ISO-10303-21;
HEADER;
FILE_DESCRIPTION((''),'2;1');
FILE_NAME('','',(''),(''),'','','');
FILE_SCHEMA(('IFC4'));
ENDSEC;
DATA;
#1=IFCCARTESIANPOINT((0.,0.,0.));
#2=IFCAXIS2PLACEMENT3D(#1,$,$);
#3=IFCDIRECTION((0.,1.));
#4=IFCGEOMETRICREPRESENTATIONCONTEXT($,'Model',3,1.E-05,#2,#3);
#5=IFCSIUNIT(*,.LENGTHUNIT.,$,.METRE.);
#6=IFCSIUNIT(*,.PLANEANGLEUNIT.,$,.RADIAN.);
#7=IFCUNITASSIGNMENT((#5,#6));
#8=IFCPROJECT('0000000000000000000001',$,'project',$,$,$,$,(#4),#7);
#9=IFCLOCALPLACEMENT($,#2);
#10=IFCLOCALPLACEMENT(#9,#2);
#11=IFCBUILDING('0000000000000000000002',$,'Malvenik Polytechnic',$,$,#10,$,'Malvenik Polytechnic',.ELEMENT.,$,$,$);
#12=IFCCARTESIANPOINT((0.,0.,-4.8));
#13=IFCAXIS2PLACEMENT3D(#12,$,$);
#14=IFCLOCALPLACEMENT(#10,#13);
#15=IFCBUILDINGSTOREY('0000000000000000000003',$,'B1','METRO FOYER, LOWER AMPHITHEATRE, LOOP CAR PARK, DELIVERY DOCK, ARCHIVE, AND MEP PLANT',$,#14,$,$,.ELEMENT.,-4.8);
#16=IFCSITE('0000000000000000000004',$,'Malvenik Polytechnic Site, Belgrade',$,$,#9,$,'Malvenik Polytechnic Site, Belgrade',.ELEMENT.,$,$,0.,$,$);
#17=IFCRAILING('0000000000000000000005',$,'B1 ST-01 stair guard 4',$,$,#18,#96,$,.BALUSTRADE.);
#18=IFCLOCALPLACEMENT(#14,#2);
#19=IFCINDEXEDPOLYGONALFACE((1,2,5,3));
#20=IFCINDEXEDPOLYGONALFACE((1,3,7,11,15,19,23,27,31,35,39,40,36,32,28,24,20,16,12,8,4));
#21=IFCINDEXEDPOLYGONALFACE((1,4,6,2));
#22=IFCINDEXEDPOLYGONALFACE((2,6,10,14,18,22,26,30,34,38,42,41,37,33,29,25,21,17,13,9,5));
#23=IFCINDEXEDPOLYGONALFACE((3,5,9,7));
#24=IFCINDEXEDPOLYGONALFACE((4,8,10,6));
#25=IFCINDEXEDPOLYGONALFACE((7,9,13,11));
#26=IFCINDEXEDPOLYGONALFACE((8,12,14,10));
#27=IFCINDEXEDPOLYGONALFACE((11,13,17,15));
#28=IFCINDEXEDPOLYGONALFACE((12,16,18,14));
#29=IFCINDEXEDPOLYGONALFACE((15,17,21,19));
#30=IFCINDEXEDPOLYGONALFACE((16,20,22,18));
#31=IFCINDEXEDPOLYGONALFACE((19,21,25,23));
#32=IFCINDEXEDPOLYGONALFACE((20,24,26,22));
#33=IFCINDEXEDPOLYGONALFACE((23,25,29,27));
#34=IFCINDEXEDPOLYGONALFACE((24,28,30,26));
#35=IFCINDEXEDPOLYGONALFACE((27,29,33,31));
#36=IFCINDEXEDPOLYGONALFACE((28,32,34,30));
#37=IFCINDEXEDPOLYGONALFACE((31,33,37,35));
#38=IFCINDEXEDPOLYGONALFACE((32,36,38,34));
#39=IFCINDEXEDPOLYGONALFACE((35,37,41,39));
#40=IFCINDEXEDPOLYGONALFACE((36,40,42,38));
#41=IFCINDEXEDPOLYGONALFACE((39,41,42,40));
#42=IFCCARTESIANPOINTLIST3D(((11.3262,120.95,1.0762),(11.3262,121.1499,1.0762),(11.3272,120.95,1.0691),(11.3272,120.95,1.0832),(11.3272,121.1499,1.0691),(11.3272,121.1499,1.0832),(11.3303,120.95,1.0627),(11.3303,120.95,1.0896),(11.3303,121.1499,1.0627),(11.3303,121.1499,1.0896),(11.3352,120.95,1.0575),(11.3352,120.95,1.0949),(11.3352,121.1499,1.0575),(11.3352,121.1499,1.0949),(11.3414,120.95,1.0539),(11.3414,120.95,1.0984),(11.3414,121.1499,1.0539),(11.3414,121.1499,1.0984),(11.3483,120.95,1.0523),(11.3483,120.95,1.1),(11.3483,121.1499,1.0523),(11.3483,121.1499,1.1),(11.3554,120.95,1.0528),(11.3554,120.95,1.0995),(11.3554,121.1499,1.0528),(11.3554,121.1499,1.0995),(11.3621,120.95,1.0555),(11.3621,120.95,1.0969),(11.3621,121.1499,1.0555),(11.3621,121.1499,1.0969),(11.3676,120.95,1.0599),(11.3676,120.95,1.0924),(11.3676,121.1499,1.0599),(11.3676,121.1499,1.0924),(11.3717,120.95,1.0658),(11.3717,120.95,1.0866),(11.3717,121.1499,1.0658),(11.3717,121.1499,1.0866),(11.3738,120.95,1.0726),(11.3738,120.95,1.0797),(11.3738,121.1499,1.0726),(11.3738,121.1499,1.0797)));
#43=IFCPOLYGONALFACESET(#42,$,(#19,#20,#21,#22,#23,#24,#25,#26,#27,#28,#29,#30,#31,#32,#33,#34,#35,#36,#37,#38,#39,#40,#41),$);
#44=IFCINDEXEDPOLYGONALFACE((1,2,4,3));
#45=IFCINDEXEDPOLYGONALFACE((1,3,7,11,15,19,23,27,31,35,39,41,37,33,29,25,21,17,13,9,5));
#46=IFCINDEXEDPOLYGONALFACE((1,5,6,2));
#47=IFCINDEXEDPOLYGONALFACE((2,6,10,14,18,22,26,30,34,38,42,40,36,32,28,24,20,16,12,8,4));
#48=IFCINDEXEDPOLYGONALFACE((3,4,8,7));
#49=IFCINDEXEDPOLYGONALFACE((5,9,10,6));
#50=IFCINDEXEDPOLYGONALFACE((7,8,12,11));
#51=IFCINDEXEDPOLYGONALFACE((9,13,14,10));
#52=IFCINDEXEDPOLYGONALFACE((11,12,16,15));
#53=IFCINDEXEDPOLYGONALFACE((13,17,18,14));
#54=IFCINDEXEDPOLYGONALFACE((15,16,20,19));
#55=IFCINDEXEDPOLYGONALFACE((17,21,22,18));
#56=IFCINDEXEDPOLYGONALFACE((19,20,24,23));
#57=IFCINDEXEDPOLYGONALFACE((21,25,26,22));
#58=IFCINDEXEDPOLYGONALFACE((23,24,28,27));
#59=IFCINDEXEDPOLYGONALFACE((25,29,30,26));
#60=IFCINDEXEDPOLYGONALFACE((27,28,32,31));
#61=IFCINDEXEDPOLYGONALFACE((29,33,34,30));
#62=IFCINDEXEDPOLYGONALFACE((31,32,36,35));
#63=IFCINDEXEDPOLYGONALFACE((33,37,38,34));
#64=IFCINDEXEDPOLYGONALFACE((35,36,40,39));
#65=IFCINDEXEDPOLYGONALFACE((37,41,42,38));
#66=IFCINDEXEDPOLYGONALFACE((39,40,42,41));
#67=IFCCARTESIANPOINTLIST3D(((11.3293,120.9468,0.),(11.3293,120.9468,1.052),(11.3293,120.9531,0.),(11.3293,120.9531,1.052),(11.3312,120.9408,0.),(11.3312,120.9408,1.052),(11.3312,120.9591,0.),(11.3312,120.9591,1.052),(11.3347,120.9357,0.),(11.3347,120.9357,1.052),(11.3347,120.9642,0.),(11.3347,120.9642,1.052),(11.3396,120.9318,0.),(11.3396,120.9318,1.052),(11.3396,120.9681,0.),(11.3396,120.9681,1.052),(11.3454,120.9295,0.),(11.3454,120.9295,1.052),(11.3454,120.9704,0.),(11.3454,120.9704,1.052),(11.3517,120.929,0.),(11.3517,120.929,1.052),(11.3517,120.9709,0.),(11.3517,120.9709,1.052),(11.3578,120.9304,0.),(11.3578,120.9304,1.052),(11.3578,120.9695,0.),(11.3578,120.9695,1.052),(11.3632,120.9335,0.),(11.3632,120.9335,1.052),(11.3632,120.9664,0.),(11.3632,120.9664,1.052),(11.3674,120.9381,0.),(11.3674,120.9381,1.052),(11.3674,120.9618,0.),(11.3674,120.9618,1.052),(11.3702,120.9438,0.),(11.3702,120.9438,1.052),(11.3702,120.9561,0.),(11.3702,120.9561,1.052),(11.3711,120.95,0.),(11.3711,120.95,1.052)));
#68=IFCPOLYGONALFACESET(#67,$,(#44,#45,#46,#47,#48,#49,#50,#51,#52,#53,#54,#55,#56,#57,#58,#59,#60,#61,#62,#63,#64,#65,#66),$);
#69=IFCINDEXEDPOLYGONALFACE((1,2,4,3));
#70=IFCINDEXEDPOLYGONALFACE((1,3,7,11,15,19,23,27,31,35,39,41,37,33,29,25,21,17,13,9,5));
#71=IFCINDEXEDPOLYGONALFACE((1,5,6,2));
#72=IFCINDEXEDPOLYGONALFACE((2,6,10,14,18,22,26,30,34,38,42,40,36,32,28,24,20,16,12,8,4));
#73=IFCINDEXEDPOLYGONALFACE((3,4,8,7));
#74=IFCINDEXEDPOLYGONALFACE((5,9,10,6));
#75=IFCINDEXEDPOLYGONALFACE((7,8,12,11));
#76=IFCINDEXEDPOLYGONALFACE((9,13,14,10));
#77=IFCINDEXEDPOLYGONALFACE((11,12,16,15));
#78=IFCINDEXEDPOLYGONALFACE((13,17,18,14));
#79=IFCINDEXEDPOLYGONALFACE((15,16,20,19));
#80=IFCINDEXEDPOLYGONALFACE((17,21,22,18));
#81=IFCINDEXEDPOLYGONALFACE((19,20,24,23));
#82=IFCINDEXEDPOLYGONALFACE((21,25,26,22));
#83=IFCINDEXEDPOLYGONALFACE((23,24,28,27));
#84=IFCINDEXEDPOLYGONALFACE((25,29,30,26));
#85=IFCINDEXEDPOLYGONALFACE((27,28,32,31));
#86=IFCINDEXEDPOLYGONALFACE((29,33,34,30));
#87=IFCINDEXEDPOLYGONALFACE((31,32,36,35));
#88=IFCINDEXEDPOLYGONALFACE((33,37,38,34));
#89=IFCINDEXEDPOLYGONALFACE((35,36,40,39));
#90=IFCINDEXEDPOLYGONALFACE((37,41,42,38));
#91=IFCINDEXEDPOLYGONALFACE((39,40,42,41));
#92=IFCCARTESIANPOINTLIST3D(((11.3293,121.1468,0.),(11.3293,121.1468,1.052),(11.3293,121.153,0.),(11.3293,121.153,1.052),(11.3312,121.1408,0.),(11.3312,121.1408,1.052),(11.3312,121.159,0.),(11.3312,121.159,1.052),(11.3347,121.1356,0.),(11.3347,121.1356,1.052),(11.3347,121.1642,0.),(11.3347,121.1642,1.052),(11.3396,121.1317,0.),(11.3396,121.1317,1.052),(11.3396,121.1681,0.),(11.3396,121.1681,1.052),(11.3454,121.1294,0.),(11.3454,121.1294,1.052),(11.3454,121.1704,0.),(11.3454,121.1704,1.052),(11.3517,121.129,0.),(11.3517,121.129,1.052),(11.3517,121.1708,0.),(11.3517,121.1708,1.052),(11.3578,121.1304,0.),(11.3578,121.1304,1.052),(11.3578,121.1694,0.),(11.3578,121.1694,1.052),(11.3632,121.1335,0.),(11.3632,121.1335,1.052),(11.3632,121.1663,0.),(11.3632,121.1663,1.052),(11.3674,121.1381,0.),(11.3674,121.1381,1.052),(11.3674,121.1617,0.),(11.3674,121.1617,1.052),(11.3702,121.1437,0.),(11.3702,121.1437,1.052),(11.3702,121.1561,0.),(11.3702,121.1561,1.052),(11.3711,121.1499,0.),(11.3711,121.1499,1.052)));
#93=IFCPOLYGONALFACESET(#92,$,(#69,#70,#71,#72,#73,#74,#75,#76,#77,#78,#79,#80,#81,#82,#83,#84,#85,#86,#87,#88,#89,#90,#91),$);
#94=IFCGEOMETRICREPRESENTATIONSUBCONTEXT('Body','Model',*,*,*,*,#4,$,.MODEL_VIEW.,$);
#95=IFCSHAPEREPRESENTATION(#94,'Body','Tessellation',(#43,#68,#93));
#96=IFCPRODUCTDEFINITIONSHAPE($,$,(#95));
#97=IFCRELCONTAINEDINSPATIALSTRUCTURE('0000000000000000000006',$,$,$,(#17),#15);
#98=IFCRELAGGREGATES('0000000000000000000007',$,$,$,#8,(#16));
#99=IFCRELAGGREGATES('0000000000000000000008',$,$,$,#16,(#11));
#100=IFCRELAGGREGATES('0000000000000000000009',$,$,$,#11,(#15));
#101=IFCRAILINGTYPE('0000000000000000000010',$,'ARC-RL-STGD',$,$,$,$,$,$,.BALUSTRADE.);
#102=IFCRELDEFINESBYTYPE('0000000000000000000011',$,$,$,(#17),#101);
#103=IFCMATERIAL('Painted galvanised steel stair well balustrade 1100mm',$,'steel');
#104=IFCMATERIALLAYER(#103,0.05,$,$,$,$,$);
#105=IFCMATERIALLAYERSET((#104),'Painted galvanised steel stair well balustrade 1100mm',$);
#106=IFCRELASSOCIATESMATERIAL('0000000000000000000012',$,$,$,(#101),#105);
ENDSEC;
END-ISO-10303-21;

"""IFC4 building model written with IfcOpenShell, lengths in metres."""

from ifc_helpers import new_model, si_unit, direction, frame, origin, origin_2d, place, context, subcontext, project, spatial, circle, extrude, material, layer, layer_set, type_object, element, save


model = new_model("IFC4")

# Units and contexts
model_context = context("Model", 3, precision=1e-05, world=origin(), true_north=direction((0.0, 1.0)))
body_context = subcontext(model_context, "Body", "Model", "MODEL_VIEW")
ifc_project = project(units=[si_unit("LENGTHUNIT", "METRE"), si_unit("PLANEANGLEUNIT", "RADIAN")], contexts=[model_context])

# Site, building, storey
site_placement = place(None, origin())
site = spatial("IfcSite", under=ifc_project, at=site_placement, Name="Malvenik Polytechnic Site, Belgrade", LongName="Malvenik Polytechnic Site, Belgrade", CompositionType="ELEMENT", RefElevation=0.0)
building_placement = place(site_placement, origin())
building = spatial("IfcBuilding", under=site, at=building_placement, Name="Malvenik Polytechnic", LongName="Malvenik Polytechnic", CompositionType="ELEMENT")
storey_placement = place(building_placement, frame((0.0, 0.0, -4.8)))
storey = spatial("IfcBuildingStorey", under=building, at=storey_placement, Name="B1", Description="METRO FOYER, LOWER AMPHITHEATRE, LOOP CAR PARK, DELIVERY DOCK, ARCHIVE, AND MEP PLANT", CompositionType="ELEMENT", Elevation=-4.8)

# Railing
ifc_material_1 = material(Name="Painted galvanised steel stair well balustrade 1100mm", Category="steel")
ifc_layer_1 = layer(ifc_material_1, 0.05)
ifc_layer_set_1 = layer_set([ifc_layer_1], Name="Painted galvanised steel stair well balustrade 1100mm")
railing_type_1 = type_object("IfcRailingType", Name="ARC-RL-STGD", PredefinedType="BALUSTRADE", material=ifc_layer_set_1)
railing_1_placement = place(storey_placement, frame((11.3501, 120.95, 0.0)))
element("IfcRailing", 1, at=railing_1_placement, inside=storey, type_object=railing_type_1, Name="B1 ST-01 stair guard 4", PredefinedType="BALUSTRADE", context=body_context, shape_type="SweptSolid", body=[
    extrude(circle(Radius=0.0239, at=origin_2d()), frame((0.0, 0.0, 1.0762), z_axis=(0.0, 1.0, 0.0), x_axis=(-1.0, 0.0, 0.0)), (0.0, 0.0, 1.0), 0.2),
    extrude(circle(Radius=0.021, at=origin_2d()), origin(), (0.0, 0.0, 1.0), 1.052),
    extrude(circle(Radius=0.021, at=origin_2d()), frame((0.0, 0.2, 0.0)), (0.0, 0.0, 1.0), 1.052),
])

save(model, "model.ifc")
